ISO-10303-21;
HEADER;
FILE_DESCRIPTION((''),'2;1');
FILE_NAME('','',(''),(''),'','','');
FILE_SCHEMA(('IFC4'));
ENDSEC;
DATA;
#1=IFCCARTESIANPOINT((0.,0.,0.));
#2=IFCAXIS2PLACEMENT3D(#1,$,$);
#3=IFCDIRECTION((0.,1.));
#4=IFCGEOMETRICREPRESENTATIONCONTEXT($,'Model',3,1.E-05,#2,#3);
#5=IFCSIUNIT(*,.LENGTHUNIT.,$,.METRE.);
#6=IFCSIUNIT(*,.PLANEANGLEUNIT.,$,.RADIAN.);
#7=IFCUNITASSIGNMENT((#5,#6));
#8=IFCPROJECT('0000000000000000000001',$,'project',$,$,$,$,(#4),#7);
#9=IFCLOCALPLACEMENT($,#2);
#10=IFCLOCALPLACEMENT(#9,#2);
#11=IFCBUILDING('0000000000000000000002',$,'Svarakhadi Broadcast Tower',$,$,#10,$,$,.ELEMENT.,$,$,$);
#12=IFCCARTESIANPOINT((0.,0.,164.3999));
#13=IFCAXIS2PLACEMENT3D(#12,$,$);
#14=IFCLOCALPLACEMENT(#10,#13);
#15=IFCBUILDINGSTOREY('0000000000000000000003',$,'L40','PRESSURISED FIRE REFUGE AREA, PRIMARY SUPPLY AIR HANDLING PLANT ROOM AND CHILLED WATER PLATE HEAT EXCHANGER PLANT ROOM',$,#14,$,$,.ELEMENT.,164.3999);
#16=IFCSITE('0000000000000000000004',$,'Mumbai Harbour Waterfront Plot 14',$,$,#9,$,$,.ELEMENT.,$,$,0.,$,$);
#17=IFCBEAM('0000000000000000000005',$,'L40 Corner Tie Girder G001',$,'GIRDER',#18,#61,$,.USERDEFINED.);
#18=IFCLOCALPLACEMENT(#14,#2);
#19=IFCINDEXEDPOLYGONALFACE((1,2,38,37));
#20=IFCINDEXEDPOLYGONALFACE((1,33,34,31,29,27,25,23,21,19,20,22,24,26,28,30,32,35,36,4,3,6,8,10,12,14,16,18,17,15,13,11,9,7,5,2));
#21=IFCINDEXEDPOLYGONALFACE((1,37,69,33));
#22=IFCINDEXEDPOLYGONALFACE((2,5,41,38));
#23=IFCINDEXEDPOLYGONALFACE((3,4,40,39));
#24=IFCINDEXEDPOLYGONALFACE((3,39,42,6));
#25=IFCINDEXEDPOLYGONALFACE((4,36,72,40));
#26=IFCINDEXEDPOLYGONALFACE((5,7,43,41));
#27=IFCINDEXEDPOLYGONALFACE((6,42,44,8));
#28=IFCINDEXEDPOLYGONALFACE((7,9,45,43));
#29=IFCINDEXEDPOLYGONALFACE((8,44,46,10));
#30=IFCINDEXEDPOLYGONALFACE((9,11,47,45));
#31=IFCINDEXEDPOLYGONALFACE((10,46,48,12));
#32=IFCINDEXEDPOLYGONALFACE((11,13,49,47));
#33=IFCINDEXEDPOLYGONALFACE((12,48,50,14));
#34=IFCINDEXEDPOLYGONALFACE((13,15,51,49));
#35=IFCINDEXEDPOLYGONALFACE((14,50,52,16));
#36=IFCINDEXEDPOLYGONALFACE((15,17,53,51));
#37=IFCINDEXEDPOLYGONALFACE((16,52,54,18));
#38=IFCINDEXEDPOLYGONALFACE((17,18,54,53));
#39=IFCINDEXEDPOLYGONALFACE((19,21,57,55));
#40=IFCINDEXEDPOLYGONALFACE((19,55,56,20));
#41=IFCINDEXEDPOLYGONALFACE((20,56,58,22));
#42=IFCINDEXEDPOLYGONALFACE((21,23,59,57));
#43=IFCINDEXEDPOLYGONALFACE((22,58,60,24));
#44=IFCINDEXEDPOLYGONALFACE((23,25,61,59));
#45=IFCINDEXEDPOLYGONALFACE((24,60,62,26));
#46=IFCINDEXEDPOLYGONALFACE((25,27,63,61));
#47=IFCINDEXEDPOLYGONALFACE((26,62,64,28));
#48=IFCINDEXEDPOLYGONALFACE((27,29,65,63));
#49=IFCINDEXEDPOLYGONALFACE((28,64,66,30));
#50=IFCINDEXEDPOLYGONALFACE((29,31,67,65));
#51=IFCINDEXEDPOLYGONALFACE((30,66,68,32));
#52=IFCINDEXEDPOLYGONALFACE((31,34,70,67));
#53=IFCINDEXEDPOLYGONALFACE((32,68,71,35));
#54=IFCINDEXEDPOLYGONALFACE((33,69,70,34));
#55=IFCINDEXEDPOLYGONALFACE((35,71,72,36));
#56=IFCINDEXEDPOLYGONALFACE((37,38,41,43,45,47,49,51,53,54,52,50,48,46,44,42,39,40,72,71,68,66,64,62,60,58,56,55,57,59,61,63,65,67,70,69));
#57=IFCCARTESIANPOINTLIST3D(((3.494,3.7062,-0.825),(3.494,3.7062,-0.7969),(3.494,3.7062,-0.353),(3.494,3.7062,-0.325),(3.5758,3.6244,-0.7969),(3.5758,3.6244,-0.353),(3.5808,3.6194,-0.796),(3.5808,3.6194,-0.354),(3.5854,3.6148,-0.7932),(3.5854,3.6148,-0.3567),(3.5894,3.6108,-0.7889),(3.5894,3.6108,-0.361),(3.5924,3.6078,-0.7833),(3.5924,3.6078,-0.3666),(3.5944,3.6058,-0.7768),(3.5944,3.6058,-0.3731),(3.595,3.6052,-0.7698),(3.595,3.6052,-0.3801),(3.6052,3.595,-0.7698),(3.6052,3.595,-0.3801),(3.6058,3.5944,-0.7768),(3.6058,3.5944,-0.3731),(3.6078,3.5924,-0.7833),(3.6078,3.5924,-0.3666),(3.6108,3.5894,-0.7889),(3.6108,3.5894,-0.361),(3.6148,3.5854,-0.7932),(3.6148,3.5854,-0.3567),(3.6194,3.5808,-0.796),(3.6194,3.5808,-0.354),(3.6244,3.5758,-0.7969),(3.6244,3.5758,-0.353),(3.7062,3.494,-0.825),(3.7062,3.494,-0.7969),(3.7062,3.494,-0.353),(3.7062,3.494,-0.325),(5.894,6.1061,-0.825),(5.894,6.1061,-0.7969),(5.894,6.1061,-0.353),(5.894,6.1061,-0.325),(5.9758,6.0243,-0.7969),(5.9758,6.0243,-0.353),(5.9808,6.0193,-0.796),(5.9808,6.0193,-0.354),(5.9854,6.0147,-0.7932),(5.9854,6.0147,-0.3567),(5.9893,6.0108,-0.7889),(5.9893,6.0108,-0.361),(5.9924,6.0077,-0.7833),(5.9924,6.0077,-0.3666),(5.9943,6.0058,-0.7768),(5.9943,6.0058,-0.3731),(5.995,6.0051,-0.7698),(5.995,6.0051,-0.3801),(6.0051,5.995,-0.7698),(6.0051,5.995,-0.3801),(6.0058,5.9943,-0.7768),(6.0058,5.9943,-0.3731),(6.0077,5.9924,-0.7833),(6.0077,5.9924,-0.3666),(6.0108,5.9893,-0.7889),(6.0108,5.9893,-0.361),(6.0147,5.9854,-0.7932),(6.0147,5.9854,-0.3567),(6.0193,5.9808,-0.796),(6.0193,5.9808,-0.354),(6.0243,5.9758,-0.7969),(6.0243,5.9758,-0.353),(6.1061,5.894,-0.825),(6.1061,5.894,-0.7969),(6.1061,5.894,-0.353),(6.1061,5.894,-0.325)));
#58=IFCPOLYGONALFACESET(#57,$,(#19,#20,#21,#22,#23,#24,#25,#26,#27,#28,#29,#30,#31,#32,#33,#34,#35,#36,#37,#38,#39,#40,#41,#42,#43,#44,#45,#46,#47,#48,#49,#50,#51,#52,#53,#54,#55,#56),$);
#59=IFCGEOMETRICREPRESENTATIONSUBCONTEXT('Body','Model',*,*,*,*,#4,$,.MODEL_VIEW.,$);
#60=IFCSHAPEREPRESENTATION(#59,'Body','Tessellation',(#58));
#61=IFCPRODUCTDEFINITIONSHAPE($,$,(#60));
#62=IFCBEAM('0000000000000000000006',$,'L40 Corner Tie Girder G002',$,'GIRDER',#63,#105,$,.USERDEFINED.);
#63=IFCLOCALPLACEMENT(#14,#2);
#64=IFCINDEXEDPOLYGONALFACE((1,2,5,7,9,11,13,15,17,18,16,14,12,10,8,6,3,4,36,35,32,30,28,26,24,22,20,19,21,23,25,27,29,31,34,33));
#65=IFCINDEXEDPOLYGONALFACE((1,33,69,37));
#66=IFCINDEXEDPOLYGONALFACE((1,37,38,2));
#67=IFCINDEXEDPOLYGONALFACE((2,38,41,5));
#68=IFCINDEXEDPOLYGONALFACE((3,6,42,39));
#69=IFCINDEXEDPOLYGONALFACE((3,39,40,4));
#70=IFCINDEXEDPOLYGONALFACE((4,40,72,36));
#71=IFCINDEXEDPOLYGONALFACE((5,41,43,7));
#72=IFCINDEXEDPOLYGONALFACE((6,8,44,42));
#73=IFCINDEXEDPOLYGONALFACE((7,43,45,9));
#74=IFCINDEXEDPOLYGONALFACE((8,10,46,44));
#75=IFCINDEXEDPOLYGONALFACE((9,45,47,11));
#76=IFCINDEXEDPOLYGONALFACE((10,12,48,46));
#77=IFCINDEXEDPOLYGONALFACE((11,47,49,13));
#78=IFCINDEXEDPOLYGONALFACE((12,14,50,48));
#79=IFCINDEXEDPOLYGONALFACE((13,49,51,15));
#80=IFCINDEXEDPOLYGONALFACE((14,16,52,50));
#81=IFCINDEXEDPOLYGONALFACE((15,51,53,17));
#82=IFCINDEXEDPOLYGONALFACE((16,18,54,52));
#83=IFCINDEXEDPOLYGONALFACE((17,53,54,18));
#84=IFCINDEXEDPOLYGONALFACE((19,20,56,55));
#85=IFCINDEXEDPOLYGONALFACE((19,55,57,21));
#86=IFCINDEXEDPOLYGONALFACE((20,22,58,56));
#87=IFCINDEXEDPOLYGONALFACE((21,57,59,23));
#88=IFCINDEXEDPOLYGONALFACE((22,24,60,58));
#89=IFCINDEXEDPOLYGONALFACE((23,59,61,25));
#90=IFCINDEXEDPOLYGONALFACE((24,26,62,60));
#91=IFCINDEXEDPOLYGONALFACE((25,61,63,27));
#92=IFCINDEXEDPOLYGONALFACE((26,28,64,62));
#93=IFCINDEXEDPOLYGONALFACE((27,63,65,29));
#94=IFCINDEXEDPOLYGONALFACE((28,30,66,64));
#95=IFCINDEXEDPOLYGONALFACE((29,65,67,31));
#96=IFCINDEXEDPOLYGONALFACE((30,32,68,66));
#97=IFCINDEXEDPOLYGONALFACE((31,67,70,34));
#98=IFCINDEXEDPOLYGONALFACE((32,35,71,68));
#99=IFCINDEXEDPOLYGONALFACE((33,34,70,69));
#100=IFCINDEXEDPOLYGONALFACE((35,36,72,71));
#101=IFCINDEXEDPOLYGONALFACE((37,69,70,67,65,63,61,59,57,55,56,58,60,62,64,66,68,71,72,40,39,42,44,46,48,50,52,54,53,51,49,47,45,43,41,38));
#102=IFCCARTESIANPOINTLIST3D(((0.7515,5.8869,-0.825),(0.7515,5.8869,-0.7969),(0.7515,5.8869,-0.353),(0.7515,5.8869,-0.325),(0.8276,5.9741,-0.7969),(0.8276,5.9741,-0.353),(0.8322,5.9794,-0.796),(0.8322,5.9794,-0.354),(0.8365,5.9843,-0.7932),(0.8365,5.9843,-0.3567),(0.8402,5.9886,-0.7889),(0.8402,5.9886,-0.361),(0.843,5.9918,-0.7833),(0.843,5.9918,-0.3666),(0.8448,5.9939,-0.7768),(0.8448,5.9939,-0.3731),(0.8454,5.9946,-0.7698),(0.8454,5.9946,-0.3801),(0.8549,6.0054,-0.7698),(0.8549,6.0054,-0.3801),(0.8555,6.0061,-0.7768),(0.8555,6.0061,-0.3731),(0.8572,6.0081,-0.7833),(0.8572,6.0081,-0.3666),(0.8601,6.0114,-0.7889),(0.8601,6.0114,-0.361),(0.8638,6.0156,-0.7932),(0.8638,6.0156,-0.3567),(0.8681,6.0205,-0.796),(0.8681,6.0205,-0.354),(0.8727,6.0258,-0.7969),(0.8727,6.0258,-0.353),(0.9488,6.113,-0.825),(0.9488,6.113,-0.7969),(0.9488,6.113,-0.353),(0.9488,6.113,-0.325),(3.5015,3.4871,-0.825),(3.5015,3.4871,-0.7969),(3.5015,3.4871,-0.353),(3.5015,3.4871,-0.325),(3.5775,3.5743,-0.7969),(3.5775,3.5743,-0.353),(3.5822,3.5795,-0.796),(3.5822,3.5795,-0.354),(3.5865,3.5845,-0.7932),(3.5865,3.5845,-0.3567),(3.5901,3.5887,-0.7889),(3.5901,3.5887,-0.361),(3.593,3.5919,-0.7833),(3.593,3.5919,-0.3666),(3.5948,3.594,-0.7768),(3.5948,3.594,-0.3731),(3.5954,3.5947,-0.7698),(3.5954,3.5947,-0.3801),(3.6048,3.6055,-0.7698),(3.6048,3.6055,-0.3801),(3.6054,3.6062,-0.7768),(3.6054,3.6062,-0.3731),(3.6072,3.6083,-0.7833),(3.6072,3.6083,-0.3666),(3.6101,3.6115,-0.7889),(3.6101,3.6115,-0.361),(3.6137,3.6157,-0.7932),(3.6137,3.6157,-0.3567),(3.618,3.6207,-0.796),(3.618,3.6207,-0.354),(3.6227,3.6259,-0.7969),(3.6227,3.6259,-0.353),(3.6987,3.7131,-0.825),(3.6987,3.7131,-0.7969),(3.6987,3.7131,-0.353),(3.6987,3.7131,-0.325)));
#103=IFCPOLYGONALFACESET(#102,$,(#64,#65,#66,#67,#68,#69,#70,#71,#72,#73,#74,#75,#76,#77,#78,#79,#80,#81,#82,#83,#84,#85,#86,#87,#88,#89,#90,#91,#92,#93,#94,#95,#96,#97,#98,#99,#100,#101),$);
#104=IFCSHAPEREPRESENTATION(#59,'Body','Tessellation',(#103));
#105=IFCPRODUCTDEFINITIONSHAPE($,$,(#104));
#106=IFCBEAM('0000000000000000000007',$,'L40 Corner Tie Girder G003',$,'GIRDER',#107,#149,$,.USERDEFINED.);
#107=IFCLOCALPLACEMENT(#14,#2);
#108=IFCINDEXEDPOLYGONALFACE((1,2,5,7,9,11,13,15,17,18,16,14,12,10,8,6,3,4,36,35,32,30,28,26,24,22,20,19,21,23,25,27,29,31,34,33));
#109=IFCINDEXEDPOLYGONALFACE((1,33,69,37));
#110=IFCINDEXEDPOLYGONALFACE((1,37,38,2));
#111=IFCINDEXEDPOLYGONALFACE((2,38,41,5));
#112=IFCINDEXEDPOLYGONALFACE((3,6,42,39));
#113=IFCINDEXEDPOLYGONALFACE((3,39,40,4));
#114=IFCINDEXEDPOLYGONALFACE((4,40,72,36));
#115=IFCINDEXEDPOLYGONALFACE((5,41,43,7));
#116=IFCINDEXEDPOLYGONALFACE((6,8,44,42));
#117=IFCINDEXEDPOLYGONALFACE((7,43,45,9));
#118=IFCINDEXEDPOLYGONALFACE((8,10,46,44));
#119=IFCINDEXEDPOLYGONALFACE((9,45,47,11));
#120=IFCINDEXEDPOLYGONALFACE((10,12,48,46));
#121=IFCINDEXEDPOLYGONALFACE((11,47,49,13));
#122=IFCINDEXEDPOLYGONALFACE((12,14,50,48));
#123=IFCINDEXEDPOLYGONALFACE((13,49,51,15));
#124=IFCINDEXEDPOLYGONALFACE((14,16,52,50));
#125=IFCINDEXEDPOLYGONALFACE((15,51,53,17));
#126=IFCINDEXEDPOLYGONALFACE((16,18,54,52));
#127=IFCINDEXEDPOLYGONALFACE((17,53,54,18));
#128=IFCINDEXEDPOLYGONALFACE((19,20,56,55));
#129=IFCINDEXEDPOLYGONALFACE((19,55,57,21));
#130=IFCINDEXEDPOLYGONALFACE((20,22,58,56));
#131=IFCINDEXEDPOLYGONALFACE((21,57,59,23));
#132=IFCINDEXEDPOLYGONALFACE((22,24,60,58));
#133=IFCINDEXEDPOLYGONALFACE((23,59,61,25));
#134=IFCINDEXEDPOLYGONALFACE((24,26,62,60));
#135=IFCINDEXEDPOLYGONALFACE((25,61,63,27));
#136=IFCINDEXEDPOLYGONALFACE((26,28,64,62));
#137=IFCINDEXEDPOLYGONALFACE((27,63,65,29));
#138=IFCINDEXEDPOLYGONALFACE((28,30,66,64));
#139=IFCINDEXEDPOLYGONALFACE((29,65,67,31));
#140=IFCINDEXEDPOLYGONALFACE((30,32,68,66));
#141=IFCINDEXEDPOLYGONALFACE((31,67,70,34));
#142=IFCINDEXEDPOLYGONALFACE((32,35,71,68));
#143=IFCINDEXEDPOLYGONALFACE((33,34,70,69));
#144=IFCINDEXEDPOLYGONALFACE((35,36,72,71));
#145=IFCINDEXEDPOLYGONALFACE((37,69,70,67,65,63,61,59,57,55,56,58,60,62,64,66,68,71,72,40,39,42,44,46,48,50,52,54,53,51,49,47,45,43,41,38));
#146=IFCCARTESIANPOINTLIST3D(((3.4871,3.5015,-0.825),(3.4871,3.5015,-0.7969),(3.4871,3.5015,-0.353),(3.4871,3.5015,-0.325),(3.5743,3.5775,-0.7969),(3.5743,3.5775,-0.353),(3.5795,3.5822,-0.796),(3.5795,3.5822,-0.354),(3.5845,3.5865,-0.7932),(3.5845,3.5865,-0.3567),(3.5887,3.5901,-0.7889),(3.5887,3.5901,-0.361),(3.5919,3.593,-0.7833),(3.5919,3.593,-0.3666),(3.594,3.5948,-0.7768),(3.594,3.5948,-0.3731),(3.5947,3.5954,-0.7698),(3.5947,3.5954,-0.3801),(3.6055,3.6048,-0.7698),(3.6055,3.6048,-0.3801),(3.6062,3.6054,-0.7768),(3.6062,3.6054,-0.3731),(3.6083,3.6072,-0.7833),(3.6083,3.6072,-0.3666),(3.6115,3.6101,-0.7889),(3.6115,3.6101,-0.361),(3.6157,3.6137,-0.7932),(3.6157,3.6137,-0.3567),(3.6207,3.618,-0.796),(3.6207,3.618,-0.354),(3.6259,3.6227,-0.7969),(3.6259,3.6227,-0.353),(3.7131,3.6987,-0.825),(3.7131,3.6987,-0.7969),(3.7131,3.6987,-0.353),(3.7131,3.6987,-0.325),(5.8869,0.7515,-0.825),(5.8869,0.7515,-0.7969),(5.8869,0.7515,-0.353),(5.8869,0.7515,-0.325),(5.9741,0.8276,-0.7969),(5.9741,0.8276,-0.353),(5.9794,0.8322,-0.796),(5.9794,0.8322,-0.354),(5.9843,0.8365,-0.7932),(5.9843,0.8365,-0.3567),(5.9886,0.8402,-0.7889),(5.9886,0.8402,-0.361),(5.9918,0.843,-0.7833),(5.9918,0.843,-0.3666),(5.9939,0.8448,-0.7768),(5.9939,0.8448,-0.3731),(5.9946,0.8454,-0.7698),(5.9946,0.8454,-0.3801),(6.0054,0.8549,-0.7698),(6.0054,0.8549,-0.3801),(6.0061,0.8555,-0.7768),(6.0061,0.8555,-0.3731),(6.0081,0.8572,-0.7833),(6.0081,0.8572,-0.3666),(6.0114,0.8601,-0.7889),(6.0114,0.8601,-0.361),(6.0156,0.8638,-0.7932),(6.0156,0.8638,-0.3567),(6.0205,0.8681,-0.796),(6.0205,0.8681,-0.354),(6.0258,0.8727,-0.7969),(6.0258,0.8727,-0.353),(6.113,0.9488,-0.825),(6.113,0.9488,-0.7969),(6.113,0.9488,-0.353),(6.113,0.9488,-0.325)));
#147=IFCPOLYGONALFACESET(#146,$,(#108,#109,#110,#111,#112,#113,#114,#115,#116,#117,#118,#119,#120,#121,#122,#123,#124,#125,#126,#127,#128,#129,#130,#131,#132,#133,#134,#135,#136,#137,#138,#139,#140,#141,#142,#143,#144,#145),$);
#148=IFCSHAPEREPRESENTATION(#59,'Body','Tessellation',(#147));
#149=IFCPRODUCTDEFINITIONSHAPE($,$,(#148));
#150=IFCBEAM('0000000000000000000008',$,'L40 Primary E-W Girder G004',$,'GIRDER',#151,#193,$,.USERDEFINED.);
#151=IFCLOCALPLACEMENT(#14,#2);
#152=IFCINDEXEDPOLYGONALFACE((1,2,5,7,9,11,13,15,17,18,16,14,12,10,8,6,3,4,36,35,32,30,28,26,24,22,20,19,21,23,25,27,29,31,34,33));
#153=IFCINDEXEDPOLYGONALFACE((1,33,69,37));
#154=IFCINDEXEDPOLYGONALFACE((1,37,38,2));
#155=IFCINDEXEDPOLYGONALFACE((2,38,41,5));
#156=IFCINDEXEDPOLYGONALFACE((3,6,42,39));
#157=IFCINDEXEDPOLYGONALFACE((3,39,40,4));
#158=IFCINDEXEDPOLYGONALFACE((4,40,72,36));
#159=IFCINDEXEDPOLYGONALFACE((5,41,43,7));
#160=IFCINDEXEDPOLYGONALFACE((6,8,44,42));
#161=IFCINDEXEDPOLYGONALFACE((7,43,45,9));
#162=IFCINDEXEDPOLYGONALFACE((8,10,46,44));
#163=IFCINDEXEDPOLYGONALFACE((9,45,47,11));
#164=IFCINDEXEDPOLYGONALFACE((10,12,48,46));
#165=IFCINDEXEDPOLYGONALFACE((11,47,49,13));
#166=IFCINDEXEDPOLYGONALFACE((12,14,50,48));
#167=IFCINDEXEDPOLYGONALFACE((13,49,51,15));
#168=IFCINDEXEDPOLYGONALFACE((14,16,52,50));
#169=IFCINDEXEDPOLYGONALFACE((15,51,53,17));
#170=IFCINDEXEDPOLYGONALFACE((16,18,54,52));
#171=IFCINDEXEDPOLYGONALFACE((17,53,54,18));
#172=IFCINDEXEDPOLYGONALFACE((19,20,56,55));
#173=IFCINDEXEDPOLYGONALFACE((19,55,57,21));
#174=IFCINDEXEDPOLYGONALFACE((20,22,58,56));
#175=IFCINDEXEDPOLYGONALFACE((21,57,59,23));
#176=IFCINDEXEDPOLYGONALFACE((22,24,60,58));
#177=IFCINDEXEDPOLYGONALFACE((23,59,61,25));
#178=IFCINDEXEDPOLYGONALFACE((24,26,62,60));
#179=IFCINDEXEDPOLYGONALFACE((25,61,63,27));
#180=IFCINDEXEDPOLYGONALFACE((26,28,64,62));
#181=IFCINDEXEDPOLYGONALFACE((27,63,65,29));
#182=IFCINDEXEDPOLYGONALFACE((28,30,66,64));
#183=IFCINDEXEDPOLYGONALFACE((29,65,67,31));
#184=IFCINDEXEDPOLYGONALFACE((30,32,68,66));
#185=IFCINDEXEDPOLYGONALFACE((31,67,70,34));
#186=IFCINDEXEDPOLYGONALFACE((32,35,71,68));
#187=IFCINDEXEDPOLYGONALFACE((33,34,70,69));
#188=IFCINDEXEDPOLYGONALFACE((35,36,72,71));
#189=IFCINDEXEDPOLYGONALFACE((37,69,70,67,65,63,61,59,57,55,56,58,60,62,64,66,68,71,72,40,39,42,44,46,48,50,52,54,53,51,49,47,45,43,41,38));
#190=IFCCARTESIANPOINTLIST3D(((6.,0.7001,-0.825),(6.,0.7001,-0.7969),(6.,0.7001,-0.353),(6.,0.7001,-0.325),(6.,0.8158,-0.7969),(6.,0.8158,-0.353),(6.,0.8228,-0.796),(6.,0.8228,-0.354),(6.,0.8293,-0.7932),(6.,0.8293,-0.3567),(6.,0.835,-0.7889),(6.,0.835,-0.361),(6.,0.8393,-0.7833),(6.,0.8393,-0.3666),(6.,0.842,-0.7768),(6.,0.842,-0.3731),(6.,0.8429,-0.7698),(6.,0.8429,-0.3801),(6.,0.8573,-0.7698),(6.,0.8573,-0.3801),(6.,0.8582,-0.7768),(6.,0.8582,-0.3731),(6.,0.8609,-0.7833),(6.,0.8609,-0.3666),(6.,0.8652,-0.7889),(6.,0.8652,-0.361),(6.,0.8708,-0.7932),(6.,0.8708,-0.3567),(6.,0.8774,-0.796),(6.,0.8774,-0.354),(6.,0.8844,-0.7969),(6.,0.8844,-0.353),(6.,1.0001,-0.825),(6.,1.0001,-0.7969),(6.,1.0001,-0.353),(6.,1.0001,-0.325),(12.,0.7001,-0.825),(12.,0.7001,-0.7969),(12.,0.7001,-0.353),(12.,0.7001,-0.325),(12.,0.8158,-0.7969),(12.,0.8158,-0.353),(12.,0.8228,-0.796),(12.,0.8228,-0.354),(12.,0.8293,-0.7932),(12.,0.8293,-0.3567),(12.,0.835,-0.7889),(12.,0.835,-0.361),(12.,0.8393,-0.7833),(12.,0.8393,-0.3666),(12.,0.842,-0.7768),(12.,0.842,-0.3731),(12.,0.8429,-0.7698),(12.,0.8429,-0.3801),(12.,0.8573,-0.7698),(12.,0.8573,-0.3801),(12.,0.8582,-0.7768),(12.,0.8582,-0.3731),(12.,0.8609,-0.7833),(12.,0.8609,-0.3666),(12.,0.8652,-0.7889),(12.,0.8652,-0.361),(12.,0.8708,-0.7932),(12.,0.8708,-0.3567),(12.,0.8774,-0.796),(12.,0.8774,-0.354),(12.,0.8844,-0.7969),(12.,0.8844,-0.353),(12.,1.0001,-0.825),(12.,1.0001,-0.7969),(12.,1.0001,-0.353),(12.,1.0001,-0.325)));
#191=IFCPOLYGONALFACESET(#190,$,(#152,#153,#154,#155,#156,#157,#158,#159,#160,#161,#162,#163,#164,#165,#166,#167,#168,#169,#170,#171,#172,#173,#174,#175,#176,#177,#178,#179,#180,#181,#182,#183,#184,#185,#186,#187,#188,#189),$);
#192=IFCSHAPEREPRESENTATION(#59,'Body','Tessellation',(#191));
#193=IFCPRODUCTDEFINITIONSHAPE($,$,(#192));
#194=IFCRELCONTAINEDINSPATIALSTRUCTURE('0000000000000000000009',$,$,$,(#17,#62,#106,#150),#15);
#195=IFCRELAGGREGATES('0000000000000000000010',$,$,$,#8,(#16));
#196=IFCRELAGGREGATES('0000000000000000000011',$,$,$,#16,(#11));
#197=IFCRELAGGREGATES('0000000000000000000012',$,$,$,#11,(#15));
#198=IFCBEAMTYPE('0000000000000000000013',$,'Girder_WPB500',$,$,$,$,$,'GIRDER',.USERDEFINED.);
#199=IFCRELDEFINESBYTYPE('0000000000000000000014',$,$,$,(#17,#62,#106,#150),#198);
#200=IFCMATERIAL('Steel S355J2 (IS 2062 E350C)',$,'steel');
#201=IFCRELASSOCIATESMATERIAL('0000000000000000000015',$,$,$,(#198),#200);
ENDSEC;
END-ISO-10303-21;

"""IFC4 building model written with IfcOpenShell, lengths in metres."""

from ifc_helpers import new_model, si_unit, direction, frame, origin, origin_2d, place, context, subcontext, project, spatial, i_section, extrude, material, material_profile, profile_set, type_object, element, save


model = new_model("IFC4")

# Units and contexts
model_context = context("Model", 3, precision=1e-05, world=origin(), true_north=direction((0.0, 1.0)))
body_context = subcontext(model_context, "Body", "Model", "MODEL_VIEW")
ifc_project = project(units=[si_unit("LENGTHUNIT", "METRE"), si_unit("PLANEANGLEUNIT", "RADIAN")], contexts=[model_context])

# Site, building, storey
site_placement = place(None, origin())
site = spatial("IfcSite", under=ifc_project, at=site_placement, Name="Mumbai Harbour Waterfront Plot 14", CompositionType="ELEMENT", RefElevation=0.0)
building_placement = place(site_placement, origin())
building = spatial("IfcBuilding", under=site, at=building_placement, Name="Svarakhadi Broadcast Tower", CompositionType="ELEMENT")
storey_placement = place(building_placement, frame((0.0, 0.0, 164.3999)))
storey = spatial("IfcBuildingStorey", under=building, at=storey_placement, Name="L40", Description="PRESSURISED FIRE REFUGE AREA, PRIMARY SUPPLY AIR HANDLING PLANT ROOM AND CHILLED WATER PLATE HEAT EXCHANGER PLANT ROOM", CompositionType="ELEMENT", Elevation=164.3999)

# Beams
ifc_material_1 = material(Name="Steel S355J2 (IS 2062 E350C)", Category="steel")
ifc_material_profile_1 = material_profile(ifc_material_1, i_section(OverallWidth=0.3, OverallDepth=0.5, WebThickness=0.0144, FlangeThickness=0.0281, FilletRadius=0.0271, at=origin_2d()), Name="WPB 500x300x187")
ifc_profile_set_1 = profile_set([ifc_material_profile_1], Name="Steel S355J2 (IS 2062 E350C)")
beam_type = type_object("IfcBeamType", Name="Girder_WPB500", ElementType="GIRDER", PredefinedType="USERDEFINED", material=ifc_profile_set_1)
beam_1_placement = place(storey_placement, frame((3.6001, 3.6001, -0.575), z_axis=(0.707107, 0.707107, 0.0), x_axis=(-0.707107, 0.707107, 0.0)))
element("IfcBeam", 1, at=beam_1_placement, inside=storey, type_object=beam_type, Name="L40 Corner Tie Girder G001", ObjectType="GIRDER", PredefinedType="USERDEFINED", context=body_context, shape_type="SweptSolid", body=[
    extrude(i_section(OverallWidth=0.3, OverallDepth=0.5, WebThickness=0.0144, FlangeThickness=0.0281, FilletRadius=0.0271, at=origin_2d()), origin(), (0.0, 0.0, 1.0), 3.394),
])
for number, where, z_axis, x_axis, name in (
    (2, (3.6001, 3.6001, -0.575), (-0.753438, 0.657519, 0.0), (-0.657519, -0.753438, 0.0), "L40 Corner Tie Girder G002"),
    (3, (3.6001, 3.6001, -0.575), (0.657519, -0.753438, 0.0), (0.753438, 0.657519, 0.0), "L40 Corner Tie Girder G003"),
):
    element("IfcBeam", number, at=place(storey_placement, frame(where, z_axis=z_axis, x_axis=x_axis)), inside=storey, type_object=beam_type, Name=name, ObjectType="GIRDER", PredefinedType="USERDEFINED", context=body_context, shape_type="SweptSolid", body=[
        extrude(i_section(OverallWidth=0.3, OverallDepth=0.5, WebThickness=0.0144, FlangeThickness=0.0281, FilletRadius=0.0271, at=origin_2d()), origin(), (0.0, 0.0, 1.0), 3.6499),
    ])
beam_2_placement = place(storey_placement, frame((6.0, 0.8501, -0.575), z_axis=(1.0, 0.0, 0.0), x_axis=(0.0, 1.0, 0.0)))
element("IfcBeam", 4, at=beam_2_placement, inside=storey, type_object=beam_type, Name="L40 Primary E-W Girder G004", ObjectType="GIRDER", PredefinedType="USERDEFINED", context=body_context, shape_type="SweptSolid", body=[
    extrude(i_section(OverallWidth=0.3, OverallDepth=0.5, WebThickness=0.0144, FlangeThickness=0.0281, FilletRadius=0.0271, at=origin_2d()), origin(), (0.0, 0.0, 1.0), 6.0),
])

save(model, "model.ifc")
